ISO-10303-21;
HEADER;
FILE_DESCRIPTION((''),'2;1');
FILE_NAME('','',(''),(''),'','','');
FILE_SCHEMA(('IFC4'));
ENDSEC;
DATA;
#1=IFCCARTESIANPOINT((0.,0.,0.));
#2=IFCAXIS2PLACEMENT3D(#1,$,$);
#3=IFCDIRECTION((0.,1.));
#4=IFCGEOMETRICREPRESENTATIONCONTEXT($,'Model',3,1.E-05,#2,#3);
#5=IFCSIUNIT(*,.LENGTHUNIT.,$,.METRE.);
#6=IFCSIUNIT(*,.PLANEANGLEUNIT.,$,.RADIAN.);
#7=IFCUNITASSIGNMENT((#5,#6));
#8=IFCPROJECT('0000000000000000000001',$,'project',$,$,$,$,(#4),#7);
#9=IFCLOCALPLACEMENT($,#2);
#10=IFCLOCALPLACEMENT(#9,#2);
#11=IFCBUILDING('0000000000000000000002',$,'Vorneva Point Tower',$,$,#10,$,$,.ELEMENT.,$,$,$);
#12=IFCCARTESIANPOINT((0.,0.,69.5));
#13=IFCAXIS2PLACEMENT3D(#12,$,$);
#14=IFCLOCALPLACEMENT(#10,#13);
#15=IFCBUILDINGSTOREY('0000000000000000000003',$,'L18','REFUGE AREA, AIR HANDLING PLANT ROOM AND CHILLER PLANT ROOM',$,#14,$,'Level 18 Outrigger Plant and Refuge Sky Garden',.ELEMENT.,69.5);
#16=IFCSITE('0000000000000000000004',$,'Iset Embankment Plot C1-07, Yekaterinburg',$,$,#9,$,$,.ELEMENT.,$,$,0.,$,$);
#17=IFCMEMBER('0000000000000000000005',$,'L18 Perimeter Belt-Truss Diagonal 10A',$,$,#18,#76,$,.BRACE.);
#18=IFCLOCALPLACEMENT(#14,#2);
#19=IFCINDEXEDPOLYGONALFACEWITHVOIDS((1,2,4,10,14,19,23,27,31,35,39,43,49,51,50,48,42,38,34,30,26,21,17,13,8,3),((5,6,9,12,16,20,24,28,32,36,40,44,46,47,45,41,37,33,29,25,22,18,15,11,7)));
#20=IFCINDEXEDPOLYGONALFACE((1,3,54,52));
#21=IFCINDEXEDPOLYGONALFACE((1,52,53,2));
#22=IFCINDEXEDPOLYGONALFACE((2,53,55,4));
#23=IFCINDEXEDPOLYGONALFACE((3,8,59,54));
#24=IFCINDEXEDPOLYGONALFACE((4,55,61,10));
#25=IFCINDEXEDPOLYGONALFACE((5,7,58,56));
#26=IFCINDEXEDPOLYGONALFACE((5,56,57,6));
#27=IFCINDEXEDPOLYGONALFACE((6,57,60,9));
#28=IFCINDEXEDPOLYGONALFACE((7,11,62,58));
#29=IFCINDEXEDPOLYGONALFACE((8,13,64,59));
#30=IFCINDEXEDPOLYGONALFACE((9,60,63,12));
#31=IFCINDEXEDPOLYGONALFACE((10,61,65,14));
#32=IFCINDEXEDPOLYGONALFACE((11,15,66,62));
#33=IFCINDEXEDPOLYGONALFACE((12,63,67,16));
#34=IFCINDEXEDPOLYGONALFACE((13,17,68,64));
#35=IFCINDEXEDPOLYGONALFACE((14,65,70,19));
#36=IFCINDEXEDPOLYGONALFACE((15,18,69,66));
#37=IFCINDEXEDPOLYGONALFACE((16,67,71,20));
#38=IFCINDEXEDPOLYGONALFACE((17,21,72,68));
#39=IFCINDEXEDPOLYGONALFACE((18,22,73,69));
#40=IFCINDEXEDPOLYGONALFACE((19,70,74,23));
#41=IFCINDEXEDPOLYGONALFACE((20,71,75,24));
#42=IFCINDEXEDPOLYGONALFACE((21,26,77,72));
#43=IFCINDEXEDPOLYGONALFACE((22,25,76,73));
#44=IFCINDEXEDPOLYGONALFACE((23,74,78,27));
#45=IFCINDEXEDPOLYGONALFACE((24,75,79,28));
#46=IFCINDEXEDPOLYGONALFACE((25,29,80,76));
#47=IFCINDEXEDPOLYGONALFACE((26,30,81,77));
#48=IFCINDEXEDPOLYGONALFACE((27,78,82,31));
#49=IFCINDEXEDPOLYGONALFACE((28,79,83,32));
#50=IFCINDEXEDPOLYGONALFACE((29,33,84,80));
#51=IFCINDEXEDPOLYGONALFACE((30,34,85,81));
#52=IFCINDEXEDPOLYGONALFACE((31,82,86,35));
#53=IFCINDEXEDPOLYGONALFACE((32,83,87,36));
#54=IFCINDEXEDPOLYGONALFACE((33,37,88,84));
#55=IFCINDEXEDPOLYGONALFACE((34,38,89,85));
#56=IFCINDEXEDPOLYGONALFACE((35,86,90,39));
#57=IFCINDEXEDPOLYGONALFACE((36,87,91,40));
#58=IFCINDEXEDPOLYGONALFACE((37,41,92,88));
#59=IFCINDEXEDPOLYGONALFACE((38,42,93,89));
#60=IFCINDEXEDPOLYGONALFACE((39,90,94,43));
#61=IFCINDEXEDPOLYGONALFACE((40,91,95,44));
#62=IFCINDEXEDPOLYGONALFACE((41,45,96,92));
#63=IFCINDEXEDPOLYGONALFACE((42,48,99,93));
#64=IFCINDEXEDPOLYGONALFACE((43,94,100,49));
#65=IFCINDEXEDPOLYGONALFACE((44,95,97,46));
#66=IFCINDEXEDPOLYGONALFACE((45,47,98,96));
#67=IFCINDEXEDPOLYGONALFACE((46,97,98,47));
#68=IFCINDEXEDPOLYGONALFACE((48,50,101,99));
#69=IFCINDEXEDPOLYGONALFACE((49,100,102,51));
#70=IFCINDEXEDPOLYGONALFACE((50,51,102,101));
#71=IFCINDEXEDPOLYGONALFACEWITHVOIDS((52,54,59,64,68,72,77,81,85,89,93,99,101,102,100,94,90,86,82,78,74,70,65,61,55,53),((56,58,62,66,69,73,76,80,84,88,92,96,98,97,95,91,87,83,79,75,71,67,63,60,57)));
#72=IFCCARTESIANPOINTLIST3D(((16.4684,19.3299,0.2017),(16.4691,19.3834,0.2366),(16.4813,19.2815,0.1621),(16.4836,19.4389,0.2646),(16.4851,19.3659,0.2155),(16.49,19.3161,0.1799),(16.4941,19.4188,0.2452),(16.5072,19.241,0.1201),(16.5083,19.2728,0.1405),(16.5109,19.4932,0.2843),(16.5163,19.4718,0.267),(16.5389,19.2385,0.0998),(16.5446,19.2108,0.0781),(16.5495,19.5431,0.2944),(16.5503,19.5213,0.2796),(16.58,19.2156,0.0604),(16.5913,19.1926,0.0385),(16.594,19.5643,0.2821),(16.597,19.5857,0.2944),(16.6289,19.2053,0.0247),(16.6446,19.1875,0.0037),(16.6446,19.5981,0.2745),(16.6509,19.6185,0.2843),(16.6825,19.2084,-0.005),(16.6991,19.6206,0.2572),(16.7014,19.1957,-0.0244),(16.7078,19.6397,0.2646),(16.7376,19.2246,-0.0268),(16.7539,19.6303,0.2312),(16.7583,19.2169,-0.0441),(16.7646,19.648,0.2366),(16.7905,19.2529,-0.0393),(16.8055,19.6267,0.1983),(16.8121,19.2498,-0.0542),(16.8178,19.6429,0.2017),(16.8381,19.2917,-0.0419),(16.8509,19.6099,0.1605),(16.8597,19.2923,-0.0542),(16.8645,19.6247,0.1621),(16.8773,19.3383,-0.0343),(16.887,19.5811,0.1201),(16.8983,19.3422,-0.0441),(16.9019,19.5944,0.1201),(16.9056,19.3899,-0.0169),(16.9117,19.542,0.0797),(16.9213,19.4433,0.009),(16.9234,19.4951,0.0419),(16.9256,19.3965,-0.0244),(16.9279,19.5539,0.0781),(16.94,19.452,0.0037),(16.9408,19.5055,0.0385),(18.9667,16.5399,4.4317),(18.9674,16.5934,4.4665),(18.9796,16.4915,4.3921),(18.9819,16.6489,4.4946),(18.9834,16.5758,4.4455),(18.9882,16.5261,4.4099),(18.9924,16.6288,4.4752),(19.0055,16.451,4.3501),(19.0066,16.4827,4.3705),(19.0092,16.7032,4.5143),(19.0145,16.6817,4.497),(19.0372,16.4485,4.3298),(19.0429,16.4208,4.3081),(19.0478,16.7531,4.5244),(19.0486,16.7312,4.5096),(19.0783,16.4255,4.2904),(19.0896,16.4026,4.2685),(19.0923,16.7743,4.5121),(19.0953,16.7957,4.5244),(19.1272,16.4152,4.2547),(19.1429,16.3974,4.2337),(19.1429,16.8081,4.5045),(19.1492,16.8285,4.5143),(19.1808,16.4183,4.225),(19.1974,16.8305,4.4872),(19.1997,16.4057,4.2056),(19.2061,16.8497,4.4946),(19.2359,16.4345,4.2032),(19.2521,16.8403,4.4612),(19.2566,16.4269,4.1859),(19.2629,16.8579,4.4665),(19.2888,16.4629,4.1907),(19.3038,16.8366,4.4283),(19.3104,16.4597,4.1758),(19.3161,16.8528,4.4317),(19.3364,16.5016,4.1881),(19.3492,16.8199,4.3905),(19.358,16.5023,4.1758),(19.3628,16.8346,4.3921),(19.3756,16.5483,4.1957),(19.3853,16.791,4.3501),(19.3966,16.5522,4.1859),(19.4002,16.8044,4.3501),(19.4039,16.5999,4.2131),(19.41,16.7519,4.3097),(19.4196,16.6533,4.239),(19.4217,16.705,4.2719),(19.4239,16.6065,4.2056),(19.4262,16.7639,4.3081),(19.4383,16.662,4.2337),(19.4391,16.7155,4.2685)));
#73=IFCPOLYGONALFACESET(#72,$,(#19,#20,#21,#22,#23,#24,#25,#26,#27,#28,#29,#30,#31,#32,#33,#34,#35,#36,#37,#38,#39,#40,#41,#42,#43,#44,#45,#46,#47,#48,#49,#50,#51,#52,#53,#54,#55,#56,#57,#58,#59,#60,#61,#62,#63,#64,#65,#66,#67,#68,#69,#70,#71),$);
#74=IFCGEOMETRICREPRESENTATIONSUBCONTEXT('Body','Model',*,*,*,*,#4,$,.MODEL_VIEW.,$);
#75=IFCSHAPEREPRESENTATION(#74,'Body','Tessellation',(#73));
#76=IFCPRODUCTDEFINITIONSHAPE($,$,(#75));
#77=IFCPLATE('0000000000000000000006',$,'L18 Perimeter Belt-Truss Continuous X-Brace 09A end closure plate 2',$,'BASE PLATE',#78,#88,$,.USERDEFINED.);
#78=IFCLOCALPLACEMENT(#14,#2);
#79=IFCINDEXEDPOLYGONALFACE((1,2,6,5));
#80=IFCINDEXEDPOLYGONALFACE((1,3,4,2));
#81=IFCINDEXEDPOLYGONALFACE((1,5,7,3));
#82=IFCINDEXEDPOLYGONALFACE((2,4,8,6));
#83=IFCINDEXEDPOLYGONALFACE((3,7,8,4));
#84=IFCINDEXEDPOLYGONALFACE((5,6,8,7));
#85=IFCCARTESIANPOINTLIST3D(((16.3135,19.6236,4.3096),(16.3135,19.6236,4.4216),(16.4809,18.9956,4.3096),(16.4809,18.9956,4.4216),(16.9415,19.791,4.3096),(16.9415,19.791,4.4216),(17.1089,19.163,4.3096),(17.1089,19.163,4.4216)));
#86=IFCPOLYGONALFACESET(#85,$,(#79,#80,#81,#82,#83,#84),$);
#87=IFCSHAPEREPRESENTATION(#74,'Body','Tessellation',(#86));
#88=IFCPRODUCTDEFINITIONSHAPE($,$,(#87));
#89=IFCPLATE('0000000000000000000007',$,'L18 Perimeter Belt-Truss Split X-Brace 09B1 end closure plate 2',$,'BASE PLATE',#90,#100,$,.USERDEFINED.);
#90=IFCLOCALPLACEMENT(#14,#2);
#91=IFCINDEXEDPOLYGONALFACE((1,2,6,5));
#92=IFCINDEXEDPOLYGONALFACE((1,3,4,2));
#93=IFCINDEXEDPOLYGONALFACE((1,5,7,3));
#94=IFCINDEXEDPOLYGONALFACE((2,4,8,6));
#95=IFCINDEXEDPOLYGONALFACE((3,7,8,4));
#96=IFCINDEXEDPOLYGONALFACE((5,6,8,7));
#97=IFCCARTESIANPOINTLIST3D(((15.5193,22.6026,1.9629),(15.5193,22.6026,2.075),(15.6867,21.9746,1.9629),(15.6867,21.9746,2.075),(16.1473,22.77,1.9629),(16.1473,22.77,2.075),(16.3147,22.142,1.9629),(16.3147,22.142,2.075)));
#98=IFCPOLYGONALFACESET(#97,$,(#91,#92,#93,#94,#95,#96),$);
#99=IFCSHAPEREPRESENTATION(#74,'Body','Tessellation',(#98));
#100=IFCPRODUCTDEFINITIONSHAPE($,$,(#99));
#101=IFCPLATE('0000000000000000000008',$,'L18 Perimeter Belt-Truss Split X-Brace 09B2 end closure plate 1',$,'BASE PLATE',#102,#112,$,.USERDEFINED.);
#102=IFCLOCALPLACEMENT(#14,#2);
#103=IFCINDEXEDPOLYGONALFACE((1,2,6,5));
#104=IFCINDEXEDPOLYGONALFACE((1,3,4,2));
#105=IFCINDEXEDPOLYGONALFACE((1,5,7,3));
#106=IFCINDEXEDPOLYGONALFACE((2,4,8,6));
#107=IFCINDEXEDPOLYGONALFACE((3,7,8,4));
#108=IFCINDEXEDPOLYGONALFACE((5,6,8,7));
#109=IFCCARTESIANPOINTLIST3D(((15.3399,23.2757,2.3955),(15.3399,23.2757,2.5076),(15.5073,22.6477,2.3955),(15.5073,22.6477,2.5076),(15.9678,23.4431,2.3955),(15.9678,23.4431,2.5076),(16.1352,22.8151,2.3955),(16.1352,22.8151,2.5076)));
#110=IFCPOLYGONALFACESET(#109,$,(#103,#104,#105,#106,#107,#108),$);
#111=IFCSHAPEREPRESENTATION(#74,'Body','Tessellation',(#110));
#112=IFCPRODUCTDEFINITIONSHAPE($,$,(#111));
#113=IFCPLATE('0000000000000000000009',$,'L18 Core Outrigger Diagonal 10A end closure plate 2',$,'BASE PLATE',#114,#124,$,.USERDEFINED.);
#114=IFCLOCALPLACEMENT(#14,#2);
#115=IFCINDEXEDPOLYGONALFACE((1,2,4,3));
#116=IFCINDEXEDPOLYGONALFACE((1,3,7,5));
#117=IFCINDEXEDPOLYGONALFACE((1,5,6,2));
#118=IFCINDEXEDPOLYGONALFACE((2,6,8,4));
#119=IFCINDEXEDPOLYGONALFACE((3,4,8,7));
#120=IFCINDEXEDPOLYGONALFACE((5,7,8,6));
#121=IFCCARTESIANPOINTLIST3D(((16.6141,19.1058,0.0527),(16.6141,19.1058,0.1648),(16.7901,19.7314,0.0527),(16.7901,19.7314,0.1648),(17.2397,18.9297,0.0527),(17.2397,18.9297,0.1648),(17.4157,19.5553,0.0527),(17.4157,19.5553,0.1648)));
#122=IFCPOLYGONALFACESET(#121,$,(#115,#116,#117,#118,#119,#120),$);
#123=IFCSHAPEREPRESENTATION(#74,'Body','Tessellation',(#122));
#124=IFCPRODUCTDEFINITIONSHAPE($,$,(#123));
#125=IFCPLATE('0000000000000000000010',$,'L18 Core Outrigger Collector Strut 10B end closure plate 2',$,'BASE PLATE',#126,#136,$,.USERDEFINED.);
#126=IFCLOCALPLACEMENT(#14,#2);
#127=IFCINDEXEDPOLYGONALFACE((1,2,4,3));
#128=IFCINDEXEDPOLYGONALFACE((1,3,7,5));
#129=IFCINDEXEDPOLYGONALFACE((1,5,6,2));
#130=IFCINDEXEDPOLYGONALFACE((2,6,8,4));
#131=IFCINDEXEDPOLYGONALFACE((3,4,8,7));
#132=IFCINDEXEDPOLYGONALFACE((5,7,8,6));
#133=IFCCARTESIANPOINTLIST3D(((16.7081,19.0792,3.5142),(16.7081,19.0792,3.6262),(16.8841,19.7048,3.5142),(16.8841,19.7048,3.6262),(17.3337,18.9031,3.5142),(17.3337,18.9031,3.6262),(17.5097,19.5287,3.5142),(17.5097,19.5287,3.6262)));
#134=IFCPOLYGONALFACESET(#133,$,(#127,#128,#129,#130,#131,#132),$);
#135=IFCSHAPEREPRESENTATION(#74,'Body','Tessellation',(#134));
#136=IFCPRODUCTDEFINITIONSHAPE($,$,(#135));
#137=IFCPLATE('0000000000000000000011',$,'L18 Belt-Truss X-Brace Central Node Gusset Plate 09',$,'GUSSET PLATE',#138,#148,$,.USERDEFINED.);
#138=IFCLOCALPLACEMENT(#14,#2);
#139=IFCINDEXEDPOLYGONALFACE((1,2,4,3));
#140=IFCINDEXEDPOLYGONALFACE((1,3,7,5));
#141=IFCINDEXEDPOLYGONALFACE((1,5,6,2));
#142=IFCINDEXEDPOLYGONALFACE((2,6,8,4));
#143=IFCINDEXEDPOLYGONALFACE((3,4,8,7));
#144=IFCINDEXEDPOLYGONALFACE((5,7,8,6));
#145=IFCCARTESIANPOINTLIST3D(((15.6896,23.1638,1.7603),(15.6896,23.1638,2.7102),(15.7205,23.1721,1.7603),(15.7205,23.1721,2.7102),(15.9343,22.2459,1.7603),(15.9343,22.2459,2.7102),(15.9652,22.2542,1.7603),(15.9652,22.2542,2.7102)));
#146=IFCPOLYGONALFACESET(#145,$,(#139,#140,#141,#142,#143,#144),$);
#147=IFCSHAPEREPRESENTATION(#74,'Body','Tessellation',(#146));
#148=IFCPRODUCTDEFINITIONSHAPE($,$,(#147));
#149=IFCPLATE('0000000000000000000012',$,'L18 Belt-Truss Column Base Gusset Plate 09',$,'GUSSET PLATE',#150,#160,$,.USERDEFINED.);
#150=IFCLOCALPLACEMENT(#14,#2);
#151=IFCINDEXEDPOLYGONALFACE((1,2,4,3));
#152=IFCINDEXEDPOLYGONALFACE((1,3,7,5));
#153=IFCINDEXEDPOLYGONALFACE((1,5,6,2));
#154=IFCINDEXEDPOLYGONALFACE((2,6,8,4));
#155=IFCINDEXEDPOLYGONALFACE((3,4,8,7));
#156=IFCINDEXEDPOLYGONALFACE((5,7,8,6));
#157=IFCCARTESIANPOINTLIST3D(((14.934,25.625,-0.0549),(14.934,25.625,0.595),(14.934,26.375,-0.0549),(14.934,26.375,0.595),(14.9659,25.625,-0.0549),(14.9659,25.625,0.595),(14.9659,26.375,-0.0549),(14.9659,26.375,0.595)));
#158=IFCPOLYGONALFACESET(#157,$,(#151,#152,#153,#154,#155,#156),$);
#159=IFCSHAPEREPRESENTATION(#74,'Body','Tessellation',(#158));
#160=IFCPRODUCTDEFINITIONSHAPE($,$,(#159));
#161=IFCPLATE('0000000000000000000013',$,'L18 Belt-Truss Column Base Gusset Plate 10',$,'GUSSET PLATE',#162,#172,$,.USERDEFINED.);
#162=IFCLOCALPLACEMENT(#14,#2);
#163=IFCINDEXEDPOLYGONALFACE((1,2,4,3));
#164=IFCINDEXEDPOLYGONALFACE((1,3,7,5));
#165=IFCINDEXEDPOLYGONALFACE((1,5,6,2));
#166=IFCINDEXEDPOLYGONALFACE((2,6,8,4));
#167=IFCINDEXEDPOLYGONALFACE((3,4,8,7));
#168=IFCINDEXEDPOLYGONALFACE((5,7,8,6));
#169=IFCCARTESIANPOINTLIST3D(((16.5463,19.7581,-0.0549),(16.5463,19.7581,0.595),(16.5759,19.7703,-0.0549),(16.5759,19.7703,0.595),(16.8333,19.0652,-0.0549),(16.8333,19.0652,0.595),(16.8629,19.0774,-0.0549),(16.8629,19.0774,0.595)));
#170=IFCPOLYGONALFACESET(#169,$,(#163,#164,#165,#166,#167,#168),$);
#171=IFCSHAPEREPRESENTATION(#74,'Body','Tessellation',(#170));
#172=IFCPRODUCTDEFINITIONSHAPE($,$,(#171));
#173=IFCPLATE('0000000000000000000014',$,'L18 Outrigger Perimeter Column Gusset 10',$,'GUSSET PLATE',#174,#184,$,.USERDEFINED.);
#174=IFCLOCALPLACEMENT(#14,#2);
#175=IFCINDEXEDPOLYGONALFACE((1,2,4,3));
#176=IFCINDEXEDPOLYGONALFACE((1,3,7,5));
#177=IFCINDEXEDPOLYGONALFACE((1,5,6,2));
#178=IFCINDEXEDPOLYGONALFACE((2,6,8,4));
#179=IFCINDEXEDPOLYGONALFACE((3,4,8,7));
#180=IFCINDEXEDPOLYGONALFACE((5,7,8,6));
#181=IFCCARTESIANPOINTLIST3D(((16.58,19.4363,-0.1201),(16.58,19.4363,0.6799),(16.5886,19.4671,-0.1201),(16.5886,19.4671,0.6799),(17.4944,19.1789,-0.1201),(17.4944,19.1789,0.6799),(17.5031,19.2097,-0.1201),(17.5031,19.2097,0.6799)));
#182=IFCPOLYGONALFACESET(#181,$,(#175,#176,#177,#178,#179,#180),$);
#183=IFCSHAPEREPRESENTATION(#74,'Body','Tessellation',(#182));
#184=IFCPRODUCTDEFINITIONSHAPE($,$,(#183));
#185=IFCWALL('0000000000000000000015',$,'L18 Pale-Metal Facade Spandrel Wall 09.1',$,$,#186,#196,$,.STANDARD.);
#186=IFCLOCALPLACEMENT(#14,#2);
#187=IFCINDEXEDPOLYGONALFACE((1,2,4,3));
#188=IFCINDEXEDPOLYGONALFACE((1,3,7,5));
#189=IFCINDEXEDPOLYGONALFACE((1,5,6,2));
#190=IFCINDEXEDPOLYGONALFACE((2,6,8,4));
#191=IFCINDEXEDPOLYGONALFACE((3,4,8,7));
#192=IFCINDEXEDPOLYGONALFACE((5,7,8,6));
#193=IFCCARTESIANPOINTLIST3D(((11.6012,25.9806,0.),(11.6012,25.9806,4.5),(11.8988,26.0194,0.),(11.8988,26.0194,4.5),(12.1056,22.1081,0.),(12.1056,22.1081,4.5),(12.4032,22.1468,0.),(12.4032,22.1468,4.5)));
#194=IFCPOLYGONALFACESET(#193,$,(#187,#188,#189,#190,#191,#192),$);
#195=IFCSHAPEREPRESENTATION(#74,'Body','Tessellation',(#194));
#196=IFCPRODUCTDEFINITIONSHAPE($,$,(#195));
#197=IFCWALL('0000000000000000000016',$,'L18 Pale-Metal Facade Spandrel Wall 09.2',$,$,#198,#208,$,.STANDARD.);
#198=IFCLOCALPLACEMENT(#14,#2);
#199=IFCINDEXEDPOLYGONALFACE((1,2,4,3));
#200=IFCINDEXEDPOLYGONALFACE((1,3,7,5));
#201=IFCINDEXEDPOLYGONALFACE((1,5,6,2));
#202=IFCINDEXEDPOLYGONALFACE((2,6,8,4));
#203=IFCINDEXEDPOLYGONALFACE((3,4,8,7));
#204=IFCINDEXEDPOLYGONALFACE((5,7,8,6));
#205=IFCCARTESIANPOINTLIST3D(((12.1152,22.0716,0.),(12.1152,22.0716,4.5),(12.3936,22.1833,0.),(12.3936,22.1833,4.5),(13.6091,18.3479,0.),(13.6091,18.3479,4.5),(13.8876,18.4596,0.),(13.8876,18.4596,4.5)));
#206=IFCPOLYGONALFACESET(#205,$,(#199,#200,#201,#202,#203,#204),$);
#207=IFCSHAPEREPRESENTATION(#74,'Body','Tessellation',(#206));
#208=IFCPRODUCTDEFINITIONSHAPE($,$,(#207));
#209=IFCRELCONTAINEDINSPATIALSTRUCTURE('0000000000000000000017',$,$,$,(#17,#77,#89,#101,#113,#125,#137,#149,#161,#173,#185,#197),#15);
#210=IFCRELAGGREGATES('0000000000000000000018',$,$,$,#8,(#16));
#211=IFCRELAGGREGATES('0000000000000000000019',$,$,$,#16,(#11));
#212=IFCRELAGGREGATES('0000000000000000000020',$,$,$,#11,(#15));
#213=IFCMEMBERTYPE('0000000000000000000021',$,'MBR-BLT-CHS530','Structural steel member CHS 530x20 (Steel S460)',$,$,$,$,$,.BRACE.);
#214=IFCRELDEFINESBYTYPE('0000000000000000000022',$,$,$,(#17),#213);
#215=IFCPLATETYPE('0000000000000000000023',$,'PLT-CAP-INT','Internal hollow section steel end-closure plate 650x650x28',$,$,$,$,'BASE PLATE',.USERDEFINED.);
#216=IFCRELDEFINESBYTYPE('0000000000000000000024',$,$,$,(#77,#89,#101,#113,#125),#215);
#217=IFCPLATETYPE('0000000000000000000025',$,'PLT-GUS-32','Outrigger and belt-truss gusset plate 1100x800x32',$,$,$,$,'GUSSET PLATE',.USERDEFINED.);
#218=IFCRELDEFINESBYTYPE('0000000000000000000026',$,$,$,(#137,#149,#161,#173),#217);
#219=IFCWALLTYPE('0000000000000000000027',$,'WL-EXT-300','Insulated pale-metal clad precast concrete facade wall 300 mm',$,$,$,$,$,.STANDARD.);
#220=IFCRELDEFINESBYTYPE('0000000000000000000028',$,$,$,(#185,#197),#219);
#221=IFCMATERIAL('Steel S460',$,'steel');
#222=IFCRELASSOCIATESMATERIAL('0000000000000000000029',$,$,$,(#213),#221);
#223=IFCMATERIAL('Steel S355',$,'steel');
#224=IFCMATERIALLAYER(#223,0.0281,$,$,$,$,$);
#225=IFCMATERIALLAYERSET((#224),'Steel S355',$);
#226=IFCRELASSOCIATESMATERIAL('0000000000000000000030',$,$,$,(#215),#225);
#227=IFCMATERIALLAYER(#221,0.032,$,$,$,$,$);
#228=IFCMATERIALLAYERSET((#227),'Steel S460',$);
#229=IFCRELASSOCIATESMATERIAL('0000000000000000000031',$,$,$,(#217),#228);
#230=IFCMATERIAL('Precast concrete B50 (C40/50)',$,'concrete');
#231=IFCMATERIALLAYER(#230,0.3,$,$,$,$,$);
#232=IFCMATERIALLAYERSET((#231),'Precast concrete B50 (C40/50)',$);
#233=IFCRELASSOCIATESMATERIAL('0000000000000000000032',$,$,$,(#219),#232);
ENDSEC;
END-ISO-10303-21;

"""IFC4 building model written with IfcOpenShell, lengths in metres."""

from ifc_helpers import new_model, si_unit, direction, frame, frame_2d, origin, origin_2d, place, context, subcontext, project, spatial, rectangle, hollow_circle, extrude, material, layer, layer_set, material_profile, profile_set, type_object, element, save


model = new_model("IFC4")

# Units and contexts
model_context = context("Model", 3, precision=1e-05, world=origin(), true_north=direction((0.0, 1.0)))
body_context = subcontext(model_context, "Body", "Model", "MODEL_VIEW")
ifc_project = project(units=[si_unit("LENGTHUNIT", "METRE"), si_unit("PLANEANGLEUNIT", "RADIAN")], contexts=[model_context])

# Site, building, storey
site_placement = place(None, origin())
site = spatial("IfcSite", under=ifc_project, at=site_placement, Name="Iset Embankment Plot C1-07, Yekaterinburg", CompositionType="ELEMENT", RefElevation=0.0)
building_placement = place(site_placement, origin())
building = spatial("IfcBuilding", under=site, at=building_placement, Name="Vorneva Point Tower", CompositionType="ELEMENT")
storey_placement = place(building_placement, frame((0.0, 0.0, 69.5)))
storey = spatial("IfcBuildingStorey", under=building, at=storey_placement, Name="L18", Description="REFUGE AREA, AIR HANDLING PLANT ROOM AND CHILLER PLANT ROOM", LongName="Level 18 Outrigger Plant and Refuge Sky Garden", CompositionType="ELEMENT", Elevation=69.5)

# Shared definitions
ifc_material_1 = material(Name="Steel S460", Category="steel")
ifc_material_2 = material(Name="Steel S355", Category="steel")

# Member
ifc_material_profile_1 = material_profile(ifc_material_1, hollow_circle(Radius=0.2649, WallThickness=0.02, at=origin_2d()), Name="CHS 530x20")
ifc_profile_set_1 = profile_set([ifc_material_profile_1], Name="Steel S460")
member_type = type_object("IfcMemberType", Name="MBR-BLT-CHS530", Description="Structural steel member CHS 530x20 (Steel S460)", PredefinedType="BRACE", material=ifc_profile_set_1)
member_1_placement = place(storey_placement, frame((16.7046, 19.4177, 0.1201), z_axis=(0.442203, -0.493843, 0.748716), x_axis=(0.744984, 0.667083, 0.0)))
element("IfcMember", 1, at=member_1_placement, inside=storey, type_object=member_type, Name="L18 Perimeter Belt-Truss Diagonal 10A", PredefinedType="BRACE", context=body_context, shape_type="SweptSolid", body=[
    extrude(hollow_circle(Radius=0.2649, WallThickness=0.02, at=origin_2d()), origin(), (0.0, 0.0, 1.0), 5.6497),
])

# Plates
ifc_layer_1 = layer(ifc_material_2, 0.0281)
ifc_layer_set_1 = layer_set([ifc_layer_1], Name="Steel S355")
plate_type_1 = type_object("IfcPlateType", Name="PLT-CAP-INT", Description="Internal hollow section steel end-closure plate 650x650x28", ElementType="BASE PLATE", PredefinedType="USERDEFINED", material=ifc_layer_set_1)
for number, where, z_axis, x_axis, name in (
    (2, (16.7112, 19.3933, 4.3096), (0.0, 0.0, 1.0), (0.257571, -0.966259, 0.0), "L18 Perimeter Belt-Truss Continuous X-Brace 09A end closure plate 2"),
    (3, (15.917, 22.3723, 1.9629), (0.0, 0.0, 1.0), (-0.257571, 0.966259, 0.0), "L18 Perimeter Belt-Truss Split X-Brace 09B1 end closure plate 2"),
    (4, (15.7375, 23.0454, 2.3955), (0.0, 0.0, 1.0), (-0.257571, 0.966259, 0.0), "L18 Perimeter Belt-Truss Split X-Brace 09B2 end closure plate 1"),
    (5, (17.0149, 19.3306, 0.0527), (0.0, 0.0, 1.0), (-0.962607, 0.270903, 0.0), "L18 Core Outrigger Diagonal 10A end closure plate 2"),
    (6, (17.1089, 19.304, 3.5142), (0.0, 0.0, 1.0), (-0.962607, 0.270903, 0.0), "L18 Core Outrigger Collector Strut 10B end closure plate 2"),
):
    element("IfcPlate", number, at=place(storey_placement, frame(where, z_axis=z_axis, x_axis=x_axis)), inside=storey, type_object=plate_type_1, Name=name, ObjectType="BASE PLATE", PredefinedType="USERDEFINED", context=body_context, shape_type="SweptSolid", body=[
        extrude(rectangle(XDim=0.6499, YDim=0.6499, at=origin_2d()), origin(), (0.0, 0.0, 1.0), 0.1121),
    ])
ifc_layer_2 = layer(ifc_material_1, 0.032)
ifc_layer_set_2 = layer_set([ifc_layer_2], Name="Steel S460")
plate_type_2 = type_object("IfcPlateType", Name="PLT-GUS-32", Description="Outrigger and belt-truss gusset plate 1100x800x32", ElementType="GUSSET PLATE", PredefinedType="USERDEFINED", material=ifc_layer_set_2)
plate_1_placement = place(storey_placement, frame((15.8274, 22.709, 1.7603), z_axis=(0.0, 0.0, 1.0), x_axis=(0.257571, -0.966259, 0.0)))
element("IfcPlate", 7, at=plate_1_placement, inside=storey, type_object=plate_type_2, Name="L18 Belt-Truss X-Brace Central Node Gusset Plate 09", ObjectType="GUSSET PLATE", PredefinedType="USERDEFINED", context=body_context, shape_type="SweptSolid", body=[
    extrude(rectangle(XDim=0.95, YDim=0.032, at=origin_2d()), origin(), (0.0, 0.0, 1.0), 0.95),
])
for number, where, z_axis, x_axis, name in (
    (8, (14.95, 26.0, -0.0549), (0.0, 0.0, 1.0), (0.0, -1.0, 0.0), "L18 Belt-Truss Column Base Gusset Plate 09"),
    (9, (16.7046, 19.4177, -0.0549), (0.0, 0.0, 1.0), (0.382683, -0.92388, 0.0), "L18 Belt-Truss Column Base Gusset Plate 10"),
):
    element("IfcPlate", number, at=place(storey_placement, frame(where, z_axis=z_axis, x_axis=x_axis)), inside=storey, type_object=plate_type_2, Name=name, ObjectType="GUSSET PLATE", PredefinedType="USERDEFINED", context=body_context, shape_type="SweptSolid", body=[
        extrude(rectangle(XDim=0.75, YDim=0.032, at=origin_2d()), origin(), (0.0, 0.0, 1.0), 0.6499),
    ])
plate_2_placement = place(storey_placement, frame((17.0415, 19.323, -0.1201), z_axis=(0.0, 0.0, 1.0), x_axis=(-0.962607, 0.270903, 0.0)))
element("IfcPlate", 10, at=plate_2_placement, inside=storey, type_object=plate_type_2, Name="L18 Outrigger Perimeter Column Gusset 10", ObjectType="GUSSET PLATE", PredefinedType="USERDEFINED", context=body_context, shape_type="SweptSolid", body=[
    extrude(rectangle(XDim=0.95, YDim=0.032, at=origin_2d()), origin(), (0.0, 0.0, 1.0), 0.8),
])

# Walls
ifc_material_3 = material(Name="Precast concrete B50 (C40/50)", Category="concrete")
ifc_layer_3 = layer(ifc_material_3, 0.3)
ifc_layer_set_3 = layer_set([ifc_layer_3], Name="Precast concrete B50 (C40/50)")
wall_type_1 = type_object("IfcWallType", Name="WL-EXT-300", Description="Insulated pale-metal clad precast concrete facade wall 300 mm", PredefinedType="STANDARD", material=ifc_layer_set_3)
wall_1_placement = place(storey_placement, frame((11.75, 26.0, 0.0), z_axis=(0.0, 0.0, 1.0), x_axis=(0.129157, -0.991624, 0.0)))
element("IfcWall", 11, at=wall_1_placement, inside=storey, type_object=wall_type_1, Name="L18 Pale-Metal Facade Spandrel Wall 09.1", PredefinedType="STANDARD", context=body_context, shape_type="SweptSolid", body=[
    extrude(rectangle(XDim=3.9053, YDim=0.3, at=frame_2d((1.9526, 0.0))), origin(), (0.0, 0.0, 1.0), 4.5),
])
wall_2_placement = place(storey_placement, frame((12.2544, 22.1274, 0.0), z_axis=(0.0, 0.0, 1.0), x_axis=(0.372345, -0.928094, 0.0)))
element("IfcWall", 12, at=wall_2_placement, inside=storey, type_object=wall_type_1, Name="L18 Pale-Metal Facade Spandrel Wall 09.2", PredefinedType="STANDARD", context=body_context, shape_type="SweptSolid", body=[
    extrude(rectangle(XDim=4.0122, YDim=0.3, at=frame_2d((2.0061, 0.0))), origin(), (0.0, 0.0, 1.0), 4.5),
])

save(model, "model.ifc")
